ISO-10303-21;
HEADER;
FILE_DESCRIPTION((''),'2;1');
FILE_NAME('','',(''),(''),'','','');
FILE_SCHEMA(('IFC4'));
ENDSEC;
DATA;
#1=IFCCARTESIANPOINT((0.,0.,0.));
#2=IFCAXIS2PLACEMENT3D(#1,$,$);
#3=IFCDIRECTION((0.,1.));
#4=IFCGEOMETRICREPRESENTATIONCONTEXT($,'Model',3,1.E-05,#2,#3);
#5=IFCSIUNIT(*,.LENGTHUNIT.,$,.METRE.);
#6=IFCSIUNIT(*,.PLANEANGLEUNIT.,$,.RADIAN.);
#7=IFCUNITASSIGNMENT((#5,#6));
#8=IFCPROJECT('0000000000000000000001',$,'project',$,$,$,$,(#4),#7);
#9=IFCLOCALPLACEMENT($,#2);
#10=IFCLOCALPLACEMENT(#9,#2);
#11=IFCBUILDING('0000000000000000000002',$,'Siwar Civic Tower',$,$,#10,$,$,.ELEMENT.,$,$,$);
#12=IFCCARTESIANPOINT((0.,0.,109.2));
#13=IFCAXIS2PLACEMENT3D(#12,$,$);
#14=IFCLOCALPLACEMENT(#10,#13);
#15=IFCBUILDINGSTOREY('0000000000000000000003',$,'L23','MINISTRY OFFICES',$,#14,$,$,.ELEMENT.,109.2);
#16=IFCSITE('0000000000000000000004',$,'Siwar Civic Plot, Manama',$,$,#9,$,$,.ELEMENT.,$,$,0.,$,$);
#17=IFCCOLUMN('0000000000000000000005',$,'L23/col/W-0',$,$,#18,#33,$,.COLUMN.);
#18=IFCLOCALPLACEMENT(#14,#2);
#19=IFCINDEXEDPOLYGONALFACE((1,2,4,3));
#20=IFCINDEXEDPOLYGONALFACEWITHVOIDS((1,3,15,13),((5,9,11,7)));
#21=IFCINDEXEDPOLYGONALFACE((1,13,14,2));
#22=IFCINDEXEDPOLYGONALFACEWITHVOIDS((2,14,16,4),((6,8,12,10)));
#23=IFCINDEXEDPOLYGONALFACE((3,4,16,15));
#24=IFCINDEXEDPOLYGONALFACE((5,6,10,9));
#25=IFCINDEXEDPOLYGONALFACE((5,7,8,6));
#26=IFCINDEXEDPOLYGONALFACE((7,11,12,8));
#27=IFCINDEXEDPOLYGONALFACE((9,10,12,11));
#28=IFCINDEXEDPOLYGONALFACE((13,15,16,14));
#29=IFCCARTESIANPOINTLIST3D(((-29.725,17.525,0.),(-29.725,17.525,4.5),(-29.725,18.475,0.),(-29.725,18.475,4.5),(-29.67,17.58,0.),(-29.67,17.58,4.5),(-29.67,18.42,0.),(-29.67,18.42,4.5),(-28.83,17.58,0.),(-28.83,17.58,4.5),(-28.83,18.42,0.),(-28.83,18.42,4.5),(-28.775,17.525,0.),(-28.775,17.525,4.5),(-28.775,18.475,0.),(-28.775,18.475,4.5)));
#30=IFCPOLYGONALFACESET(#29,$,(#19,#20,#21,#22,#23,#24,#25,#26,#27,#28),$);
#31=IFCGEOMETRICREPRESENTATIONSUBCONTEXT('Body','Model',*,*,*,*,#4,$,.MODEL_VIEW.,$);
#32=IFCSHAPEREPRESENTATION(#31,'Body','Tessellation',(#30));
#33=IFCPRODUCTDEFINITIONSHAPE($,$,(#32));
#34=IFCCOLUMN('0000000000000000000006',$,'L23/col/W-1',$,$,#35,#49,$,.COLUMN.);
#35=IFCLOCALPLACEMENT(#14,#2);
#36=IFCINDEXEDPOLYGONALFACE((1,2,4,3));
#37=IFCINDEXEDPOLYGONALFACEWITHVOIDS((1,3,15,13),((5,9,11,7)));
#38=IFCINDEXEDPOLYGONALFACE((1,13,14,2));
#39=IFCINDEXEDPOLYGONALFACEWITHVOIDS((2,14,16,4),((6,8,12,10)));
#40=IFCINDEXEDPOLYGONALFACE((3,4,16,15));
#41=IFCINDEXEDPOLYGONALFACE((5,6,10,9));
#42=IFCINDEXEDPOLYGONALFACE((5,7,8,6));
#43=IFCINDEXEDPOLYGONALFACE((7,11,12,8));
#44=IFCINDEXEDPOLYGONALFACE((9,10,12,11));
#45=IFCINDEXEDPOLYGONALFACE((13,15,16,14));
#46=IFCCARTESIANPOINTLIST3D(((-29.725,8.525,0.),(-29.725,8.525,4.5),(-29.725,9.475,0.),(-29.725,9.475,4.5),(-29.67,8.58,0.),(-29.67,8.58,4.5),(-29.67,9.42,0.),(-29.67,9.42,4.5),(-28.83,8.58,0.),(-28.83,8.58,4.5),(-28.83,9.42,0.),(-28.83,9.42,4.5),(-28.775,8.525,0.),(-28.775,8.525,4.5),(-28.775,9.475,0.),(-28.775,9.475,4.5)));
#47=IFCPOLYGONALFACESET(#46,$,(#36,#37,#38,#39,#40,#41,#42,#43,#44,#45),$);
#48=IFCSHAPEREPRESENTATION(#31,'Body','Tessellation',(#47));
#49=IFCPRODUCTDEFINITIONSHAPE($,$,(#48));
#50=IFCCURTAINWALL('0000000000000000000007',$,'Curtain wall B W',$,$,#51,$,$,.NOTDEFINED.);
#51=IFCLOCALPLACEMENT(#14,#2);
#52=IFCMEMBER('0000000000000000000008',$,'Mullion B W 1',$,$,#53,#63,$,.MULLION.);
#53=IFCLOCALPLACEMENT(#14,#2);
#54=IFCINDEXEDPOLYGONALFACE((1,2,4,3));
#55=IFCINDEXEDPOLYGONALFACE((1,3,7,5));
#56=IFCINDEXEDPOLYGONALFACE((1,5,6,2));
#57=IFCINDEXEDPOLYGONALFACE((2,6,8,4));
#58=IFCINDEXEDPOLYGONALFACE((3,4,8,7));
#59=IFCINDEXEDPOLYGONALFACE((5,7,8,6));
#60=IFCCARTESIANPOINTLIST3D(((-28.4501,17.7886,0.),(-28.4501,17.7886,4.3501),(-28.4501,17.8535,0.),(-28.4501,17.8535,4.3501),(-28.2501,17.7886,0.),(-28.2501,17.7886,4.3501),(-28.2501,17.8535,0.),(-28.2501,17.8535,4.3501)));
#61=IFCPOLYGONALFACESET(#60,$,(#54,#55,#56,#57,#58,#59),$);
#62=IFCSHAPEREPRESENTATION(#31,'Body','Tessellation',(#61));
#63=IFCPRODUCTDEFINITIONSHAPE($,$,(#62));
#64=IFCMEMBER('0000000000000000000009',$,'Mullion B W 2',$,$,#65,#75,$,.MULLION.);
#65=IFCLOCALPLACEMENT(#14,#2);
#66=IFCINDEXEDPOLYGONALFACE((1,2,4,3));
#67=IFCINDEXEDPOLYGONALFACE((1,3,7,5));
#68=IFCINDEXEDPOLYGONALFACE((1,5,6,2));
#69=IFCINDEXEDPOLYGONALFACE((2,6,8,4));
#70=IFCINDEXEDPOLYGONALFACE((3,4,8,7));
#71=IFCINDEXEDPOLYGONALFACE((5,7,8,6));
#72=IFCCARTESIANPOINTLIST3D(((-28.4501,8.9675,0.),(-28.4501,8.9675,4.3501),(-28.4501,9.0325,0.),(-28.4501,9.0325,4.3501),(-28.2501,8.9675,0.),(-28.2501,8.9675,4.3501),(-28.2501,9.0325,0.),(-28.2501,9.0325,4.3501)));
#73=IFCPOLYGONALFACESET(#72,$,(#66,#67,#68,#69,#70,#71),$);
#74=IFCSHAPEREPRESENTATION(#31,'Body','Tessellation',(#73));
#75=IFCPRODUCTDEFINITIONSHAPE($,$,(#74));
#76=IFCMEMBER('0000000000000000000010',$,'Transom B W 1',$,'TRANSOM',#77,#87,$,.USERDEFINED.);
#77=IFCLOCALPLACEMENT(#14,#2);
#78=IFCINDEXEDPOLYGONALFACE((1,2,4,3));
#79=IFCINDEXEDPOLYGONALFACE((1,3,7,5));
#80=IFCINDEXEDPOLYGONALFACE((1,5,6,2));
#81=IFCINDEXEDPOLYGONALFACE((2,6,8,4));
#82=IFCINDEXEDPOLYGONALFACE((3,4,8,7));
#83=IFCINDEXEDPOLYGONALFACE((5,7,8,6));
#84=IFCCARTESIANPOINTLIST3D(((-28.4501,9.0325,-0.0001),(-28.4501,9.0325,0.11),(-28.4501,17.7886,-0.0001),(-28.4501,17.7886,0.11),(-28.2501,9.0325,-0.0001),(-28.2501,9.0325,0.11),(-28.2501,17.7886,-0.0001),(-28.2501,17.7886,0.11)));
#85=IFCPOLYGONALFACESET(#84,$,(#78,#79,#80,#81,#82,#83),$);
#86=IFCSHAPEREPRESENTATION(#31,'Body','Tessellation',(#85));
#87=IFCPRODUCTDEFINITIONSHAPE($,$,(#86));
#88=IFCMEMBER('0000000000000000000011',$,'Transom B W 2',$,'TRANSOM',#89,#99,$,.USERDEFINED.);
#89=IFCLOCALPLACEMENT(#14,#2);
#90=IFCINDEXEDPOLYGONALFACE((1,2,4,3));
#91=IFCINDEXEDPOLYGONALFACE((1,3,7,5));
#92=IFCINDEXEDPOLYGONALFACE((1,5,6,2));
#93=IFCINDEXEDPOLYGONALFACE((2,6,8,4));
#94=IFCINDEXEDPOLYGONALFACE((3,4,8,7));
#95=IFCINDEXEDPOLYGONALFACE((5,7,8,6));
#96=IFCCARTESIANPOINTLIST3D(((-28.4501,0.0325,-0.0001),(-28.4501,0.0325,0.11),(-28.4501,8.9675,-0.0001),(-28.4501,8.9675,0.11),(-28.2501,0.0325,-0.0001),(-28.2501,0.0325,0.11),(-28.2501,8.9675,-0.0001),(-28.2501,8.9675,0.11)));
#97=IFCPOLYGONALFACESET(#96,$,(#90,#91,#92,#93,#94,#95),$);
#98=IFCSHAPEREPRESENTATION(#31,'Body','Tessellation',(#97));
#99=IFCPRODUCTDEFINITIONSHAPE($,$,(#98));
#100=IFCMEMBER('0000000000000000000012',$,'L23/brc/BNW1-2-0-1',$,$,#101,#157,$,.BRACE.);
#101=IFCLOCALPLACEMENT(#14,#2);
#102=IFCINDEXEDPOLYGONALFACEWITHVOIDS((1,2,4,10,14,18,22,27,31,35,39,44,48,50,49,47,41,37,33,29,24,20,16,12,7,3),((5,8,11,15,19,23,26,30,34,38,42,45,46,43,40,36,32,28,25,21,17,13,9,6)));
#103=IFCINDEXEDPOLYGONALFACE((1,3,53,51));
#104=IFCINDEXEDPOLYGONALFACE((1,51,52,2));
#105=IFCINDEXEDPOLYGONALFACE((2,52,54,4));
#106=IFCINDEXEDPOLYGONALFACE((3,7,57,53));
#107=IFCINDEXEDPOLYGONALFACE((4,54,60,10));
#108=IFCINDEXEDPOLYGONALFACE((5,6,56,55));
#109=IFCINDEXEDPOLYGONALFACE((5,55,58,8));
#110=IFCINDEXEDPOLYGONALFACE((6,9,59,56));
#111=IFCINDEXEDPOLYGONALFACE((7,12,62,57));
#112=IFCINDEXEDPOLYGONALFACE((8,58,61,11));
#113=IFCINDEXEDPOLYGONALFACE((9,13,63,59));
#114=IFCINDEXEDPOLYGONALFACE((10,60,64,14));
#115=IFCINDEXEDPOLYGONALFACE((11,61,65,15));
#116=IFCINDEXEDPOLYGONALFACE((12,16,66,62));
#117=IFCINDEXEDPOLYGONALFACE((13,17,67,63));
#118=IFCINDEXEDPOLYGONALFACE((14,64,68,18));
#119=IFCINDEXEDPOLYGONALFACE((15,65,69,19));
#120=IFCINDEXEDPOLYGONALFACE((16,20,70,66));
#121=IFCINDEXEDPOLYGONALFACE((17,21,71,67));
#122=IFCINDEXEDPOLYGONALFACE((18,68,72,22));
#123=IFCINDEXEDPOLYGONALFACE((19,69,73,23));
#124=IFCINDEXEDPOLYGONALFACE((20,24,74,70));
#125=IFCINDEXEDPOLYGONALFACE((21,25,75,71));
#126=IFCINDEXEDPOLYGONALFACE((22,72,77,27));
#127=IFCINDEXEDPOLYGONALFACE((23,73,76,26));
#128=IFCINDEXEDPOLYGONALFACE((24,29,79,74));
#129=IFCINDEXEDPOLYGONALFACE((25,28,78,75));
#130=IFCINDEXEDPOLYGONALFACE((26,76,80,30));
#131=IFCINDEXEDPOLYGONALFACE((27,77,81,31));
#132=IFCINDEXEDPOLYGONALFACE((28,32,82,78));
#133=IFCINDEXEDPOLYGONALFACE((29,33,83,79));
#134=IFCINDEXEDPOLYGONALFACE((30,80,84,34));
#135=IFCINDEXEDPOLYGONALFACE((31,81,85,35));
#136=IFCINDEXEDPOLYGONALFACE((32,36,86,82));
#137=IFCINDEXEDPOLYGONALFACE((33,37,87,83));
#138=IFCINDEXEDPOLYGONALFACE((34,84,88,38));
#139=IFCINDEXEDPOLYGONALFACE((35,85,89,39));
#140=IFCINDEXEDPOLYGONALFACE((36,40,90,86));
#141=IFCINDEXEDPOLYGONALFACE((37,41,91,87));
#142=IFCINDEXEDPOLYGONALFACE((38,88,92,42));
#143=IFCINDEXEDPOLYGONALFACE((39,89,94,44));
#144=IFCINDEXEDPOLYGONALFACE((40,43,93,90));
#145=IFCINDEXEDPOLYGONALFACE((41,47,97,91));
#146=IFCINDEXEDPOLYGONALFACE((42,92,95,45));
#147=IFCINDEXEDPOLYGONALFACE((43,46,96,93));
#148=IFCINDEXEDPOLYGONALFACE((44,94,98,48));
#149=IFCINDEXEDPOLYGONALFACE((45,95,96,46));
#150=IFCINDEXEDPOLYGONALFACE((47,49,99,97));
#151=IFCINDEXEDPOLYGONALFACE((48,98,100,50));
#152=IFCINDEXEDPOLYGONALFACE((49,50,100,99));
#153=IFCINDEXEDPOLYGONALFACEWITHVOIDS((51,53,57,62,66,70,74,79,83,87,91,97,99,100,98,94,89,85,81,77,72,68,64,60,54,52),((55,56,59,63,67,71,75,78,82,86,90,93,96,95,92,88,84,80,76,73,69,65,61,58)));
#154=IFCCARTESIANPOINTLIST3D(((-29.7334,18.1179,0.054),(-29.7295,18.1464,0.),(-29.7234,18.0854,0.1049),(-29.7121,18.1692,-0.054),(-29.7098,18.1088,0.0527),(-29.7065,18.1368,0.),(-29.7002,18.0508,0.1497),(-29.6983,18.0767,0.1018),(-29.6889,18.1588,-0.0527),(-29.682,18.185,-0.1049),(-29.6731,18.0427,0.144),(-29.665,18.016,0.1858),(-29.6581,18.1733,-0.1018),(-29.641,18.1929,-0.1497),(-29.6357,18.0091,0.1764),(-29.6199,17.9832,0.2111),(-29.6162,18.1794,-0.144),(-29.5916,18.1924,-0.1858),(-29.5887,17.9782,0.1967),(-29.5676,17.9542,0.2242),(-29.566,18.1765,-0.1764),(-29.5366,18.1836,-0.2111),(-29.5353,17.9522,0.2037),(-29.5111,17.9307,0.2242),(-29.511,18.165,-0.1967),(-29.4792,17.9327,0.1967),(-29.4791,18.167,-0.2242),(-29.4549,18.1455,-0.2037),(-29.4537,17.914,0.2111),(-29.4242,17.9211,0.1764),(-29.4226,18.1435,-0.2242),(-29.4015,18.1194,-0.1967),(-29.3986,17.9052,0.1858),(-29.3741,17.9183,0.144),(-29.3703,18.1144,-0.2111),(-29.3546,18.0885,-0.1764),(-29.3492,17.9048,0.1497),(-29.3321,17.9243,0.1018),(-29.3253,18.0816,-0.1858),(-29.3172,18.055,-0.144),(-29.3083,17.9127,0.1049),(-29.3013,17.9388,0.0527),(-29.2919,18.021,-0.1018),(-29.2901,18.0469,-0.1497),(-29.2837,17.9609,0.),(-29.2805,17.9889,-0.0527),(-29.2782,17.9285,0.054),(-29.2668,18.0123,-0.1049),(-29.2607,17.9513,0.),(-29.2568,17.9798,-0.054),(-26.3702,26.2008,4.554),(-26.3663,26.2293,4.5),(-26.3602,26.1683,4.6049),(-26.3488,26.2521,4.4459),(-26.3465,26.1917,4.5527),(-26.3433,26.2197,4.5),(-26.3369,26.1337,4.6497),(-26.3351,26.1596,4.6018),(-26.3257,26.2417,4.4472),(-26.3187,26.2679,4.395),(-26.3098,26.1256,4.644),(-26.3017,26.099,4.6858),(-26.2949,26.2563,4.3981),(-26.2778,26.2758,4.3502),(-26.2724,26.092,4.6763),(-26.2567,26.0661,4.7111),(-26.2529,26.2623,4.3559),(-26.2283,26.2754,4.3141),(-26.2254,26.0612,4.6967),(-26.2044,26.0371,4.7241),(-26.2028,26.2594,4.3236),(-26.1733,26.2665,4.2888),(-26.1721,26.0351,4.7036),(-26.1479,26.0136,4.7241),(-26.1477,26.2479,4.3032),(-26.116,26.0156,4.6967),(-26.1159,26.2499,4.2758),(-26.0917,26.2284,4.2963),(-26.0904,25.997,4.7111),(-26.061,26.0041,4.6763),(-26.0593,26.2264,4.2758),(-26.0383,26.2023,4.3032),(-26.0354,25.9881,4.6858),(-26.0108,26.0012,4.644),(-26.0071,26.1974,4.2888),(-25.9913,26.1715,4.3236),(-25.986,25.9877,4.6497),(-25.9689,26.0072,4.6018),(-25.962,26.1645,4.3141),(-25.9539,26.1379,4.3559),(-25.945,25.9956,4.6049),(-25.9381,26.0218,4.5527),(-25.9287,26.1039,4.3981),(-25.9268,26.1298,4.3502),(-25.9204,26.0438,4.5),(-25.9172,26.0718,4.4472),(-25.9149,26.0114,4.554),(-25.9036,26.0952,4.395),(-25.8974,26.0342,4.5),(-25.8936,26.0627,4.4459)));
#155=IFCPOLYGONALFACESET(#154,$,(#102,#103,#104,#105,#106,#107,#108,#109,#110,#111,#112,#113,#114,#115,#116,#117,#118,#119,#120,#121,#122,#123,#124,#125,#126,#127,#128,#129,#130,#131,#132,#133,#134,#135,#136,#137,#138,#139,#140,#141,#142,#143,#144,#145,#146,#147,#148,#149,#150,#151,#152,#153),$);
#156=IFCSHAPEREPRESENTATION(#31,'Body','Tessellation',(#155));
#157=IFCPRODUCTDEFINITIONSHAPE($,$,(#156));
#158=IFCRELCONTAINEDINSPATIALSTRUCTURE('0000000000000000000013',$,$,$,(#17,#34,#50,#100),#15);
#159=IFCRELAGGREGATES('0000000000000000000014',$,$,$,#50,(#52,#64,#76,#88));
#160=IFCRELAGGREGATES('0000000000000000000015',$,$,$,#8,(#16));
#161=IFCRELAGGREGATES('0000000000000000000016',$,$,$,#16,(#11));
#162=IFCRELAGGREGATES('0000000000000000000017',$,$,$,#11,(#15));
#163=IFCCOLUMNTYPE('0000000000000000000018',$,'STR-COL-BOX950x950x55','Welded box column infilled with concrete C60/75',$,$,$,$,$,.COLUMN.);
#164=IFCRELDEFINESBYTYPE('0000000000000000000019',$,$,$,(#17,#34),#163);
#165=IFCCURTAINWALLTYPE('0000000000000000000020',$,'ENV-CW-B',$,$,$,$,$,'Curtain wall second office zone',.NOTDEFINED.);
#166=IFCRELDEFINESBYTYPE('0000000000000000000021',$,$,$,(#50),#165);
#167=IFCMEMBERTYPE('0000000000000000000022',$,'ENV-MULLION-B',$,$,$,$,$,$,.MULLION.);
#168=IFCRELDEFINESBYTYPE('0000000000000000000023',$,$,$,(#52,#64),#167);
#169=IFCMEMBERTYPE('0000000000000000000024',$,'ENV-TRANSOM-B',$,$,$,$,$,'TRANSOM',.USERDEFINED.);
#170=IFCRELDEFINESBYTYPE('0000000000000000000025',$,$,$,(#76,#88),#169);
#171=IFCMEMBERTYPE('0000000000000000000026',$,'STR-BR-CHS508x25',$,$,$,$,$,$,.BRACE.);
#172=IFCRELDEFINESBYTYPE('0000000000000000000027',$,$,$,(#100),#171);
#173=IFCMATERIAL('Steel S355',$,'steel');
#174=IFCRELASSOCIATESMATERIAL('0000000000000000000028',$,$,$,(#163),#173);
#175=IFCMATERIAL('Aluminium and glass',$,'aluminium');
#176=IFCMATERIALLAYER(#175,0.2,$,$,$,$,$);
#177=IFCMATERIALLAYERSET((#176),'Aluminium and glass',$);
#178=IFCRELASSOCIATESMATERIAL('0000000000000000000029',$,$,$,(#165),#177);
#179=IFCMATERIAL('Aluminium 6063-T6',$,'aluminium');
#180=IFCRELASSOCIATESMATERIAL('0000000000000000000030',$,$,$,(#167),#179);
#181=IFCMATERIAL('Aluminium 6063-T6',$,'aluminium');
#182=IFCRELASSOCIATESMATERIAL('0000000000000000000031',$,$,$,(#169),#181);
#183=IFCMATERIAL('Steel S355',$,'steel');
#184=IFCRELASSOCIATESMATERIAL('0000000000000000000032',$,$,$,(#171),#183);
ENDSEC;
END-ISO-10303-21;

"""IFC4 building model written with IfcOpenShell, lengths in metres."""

from ifc_helpers import new_model, si_unit, direction, frame, origin, origin_2d, place, context, subcontext, project, spatial, rectangle, hollow_rectangle, hollow_circle, extrude, material, layer, layer_set, material_profile, profile_set, type_object, element, aggregate, save


model = new_model("IFC4")

# Units and contexts
model_context = context("Model", 3, precision=1e-05, world=origin(), true_north=direction((0.0, 1.0)))
body_context = subcontext(model_context, "Body", "Model", "MODEL_VIEW")
ifc_project = project(units=[si_unit("LENGTHUNIT", "METRE"), si_unit("PLANEANGLEUNIT", "RADIAN")], contexts=[model_context])

# Site, building, storey
site_placement = place(None, origin())
site = spatial("IfcSite", under=ifc_project, at=site_placement, Name="Siwar Civic Plot, Manama", CompositionType="ELEMENT", RefElevation=0.0)
building_placement = place(site_placement, origin())
building = spatial("IfcBuilding", under=site, at=building_placement, Name="Siwar Civic Tower", CompositionType="ELEMENT")
storey_placement = place(building_placement, frame((0.0, 0.0, 109.2)))
storey = spatial("IfcBuildingStorey", under=building, at=storey_placement, Name="L23", Description="MINISTRY OFFICES", CompositionType="ELEMENT", Elevation=109.2)

# Columns
ifc_material_1 = material(Name="Steel S355", Category="steel")
ifc_material_profile_1 = material_profile(ifc_material_1, hollow_rectangle(XDim=0.95, YDim=0.95, WallThickness=0.0549, at=origin_2d()), Name="BOX950x950x55")
ifc_profile_set_1 = profile_set([ifc_material_profile_1], Name="Steel S355")
column_type = type_object("IfcColumnType", Name="STR-COL-BOX950x950x55", Description="Welded box column infilled with concrete C60/75", PredefinedType="COLUMN", material=ifc_profile_set_1)
for number, where, z_axis, x_axis, name in (
    (1, (-29.25, 18.0, 0.0), (0.0, 0.0, 1.0), (1.0, 0.0, 0.0), "L23/col/W-0"),
    (2, (-29.25, 9.0, 0.0), (0.0, 0.0, 1.0), (1.0, 0.0, 0.0), "L23/col/W-1"),
):
    element("IfcColumn", number, at=place(storey_placement, frame(where, z_axis=z_axis, x_axis=x_axis)), inside=storey, type_object=column_type, Name=name, PredefinedType="COLUMN", context=body_context, shape_type="SweptSolid", body=[
        extrude(hollow_rectangle(XDim=0.95, YDim=0.95, WallThickness=0.0549, at=origin_2d()), origin(), (0.0, 0.0, 1.0), 4.5),
    ])

# Curtain wall, members
ifc_material_2 = material(Name="Aluminium and glass", Category="aluminium")
ifc_layer_1 = layer(ifc_material_2, 0.2)
ifc_layer_set_1 = layer_set([ifc_layer_1], Name="Aluminium and glass")
curtain_wall_type = type_object("IfcCurtainWallType", Name="ENV-CW-B", ElementType="Curtain wall second office zone", PredefinedType="NOTDEFINED", material=ifc_layer_set_1)
curtain_wall_placement = place(storey_placement, origin())
curtain_wall = element("IfcCurtainWall", 3, at=curtain_wall_placement, inside=storey, type_object=curtain_wall_type, Name="Curtain wall B W", PredefinedType="NOTDEFINED")
ifc_material_3 = material(Name="Aluminium 6063-T6", Category="aluminium")
ifc_material_profile_2 = material_profile(ifc_material_3, rectangle(XDim=0.2, YDim=0.0649, at=origin_2d()), Name="AL 200x65")
ifc_profile_set_2 = profile_set([ifc_material_profile_2], Name="Aluminium 6063-T6")
member_type_1 = type_object("IfcMemberType", Name="ENV-MULLION-B", PredefinedType="MULLION", material=ifc_profile_set_2)
member_1_placement = place(storey_placement, frame((-28.3501, 17.821, 0.0), z_axis=(0.0, 0.0, 1.0), x_axis=(1.0, 0.0, 0.0)))
member_1 = element("IfcMember", 4, at=member_1_placement, type_object=member_type_1, Name="Mullion B W 1", PredefinedType="MULLION", context=body_context, shape_type="SweptSolid", body=[
    extrude(rectangle(XDim=0.2, YDim=0.0649, at=origin_2d()), origin(), (0.0, 0.0, 1.0), 4.3501),
])
member_2_placement = place(storey_placement, frame((-28.3501, 9.0, 0.0), z_axis=(0.0, 0.0, 1.0), x_axis=(1.0, 0.0, 0.0)))
member_2 = element("IfcMember", 5, at=member_2_placement, type_object=member_type_1, Name="Mullion B W 2", PredefinedType="MULLION", context=body_context, shape_type="SweptSolid", body=[
    extrude(rectangle(XDim=0.2, YDim=0.0649, at=origin_2d()), origin(), (0.0, 0.0, 1.0), 4.3501),
])
ifc_material_4 = material(Name="Aluminium 6063-T6", Category="aluminium")
ifc_material_profile_3 = material_profile(ifc_material_4, rectangle(XDim=0.2, YDim=0.1101, at=origin_2d()), Name="AL 200x110")
ifc_profile_set_3 = profile_set([ifc_material_profile_3], Name="Aluminium 6063-T6")
member_type_2 = type_object("IfcMemberType", Name="ENV-TRANSOM-B", ElementType="TRANSOM", PredefinedType="USERDEFINED", material=ifc_profile_set_3)
member_3_placement = place(storey_placement, frame((-28.3501, 17.7886, 0.0549), z_axis=(0.0, -1.0, 0.0), x_axis=(1.0, 0.0, 0.0)))
member_3 = element("IfcMember", 6, at=member_3_placement, type_object=member_type_2, Name="Transom B W 1", ObjectType="TRANSOM", PredefinedType="USERDEFINED", context=body_context, shape_type="SweptSolid", body=[
    extrude(rectangle(XDim=0.2, YDim=0.1101, at=origin_2d()), origin(), (0.0, 0.0, 1.0), 8.7561),
])
member_4_placement = place(storey_placement, frame((-28.3501, 8.9675, 0.0549), z_axis=(0.0, -1.0, 0.0), x_axis=(1.0, 0.0, 0.0)))
member_4 = element("IfcMember", 7, at=member_4_placement, type_object=member_type_2, Name="Transom B W 2", ObjectType="TRANSOM", PredefinedType="USERDEFINED", context=body_context, shape_type="SweptSolid", body=[
    extrude(rectangle(XDim=0.2, YDim=0.1101, at=origin_2d()), origin(), (0.0, 0.0, 1.0), 8.9351),
])

# Member
ifc_material_5 = material(Name="Steel S355", Category="steel")
ifc_material_profile_4 = material_profile(ifc_material_5, hollow_circle(Radius=0.2539, WallThickness=0.0249, at=origin_2d()), Name="CHS508x25")
ifc_profile_set_4 = profile_set([ifc_material_profile_4], Name="Steel S355")
member_type_3 = type_object("IfcMemberType", Name="STR-BR-CHS508x25", PredefinedType="BRACE", material=ifc_profile_set_4)
member_5_placement = place(storey_placement, frame((-29.4951, 18.0488, 0.0), z_axis=(0.341671, 0.821143, 0.457149), x_axis=(-0.923265, 0.384164, 0.0)))
element("IfcMember", 8, at=member_5_placement, inside=storey, type_object=member_type_3, Name="L23/brc/BNW1-2-0-1", PredefinedType="BRACE", context=body_context, shape_type="SweptSolid", body=[
    extrude(hollow_circle(Radius=0.2539, WallThickness=0.0249, at=origin_2d()), origin(), (0.0, 0.0, 1.0), 9.8435),
])

aggregate(curtain_wall, [member_1, member_2, member_3, member_4])

save(model, "model.ifc")
